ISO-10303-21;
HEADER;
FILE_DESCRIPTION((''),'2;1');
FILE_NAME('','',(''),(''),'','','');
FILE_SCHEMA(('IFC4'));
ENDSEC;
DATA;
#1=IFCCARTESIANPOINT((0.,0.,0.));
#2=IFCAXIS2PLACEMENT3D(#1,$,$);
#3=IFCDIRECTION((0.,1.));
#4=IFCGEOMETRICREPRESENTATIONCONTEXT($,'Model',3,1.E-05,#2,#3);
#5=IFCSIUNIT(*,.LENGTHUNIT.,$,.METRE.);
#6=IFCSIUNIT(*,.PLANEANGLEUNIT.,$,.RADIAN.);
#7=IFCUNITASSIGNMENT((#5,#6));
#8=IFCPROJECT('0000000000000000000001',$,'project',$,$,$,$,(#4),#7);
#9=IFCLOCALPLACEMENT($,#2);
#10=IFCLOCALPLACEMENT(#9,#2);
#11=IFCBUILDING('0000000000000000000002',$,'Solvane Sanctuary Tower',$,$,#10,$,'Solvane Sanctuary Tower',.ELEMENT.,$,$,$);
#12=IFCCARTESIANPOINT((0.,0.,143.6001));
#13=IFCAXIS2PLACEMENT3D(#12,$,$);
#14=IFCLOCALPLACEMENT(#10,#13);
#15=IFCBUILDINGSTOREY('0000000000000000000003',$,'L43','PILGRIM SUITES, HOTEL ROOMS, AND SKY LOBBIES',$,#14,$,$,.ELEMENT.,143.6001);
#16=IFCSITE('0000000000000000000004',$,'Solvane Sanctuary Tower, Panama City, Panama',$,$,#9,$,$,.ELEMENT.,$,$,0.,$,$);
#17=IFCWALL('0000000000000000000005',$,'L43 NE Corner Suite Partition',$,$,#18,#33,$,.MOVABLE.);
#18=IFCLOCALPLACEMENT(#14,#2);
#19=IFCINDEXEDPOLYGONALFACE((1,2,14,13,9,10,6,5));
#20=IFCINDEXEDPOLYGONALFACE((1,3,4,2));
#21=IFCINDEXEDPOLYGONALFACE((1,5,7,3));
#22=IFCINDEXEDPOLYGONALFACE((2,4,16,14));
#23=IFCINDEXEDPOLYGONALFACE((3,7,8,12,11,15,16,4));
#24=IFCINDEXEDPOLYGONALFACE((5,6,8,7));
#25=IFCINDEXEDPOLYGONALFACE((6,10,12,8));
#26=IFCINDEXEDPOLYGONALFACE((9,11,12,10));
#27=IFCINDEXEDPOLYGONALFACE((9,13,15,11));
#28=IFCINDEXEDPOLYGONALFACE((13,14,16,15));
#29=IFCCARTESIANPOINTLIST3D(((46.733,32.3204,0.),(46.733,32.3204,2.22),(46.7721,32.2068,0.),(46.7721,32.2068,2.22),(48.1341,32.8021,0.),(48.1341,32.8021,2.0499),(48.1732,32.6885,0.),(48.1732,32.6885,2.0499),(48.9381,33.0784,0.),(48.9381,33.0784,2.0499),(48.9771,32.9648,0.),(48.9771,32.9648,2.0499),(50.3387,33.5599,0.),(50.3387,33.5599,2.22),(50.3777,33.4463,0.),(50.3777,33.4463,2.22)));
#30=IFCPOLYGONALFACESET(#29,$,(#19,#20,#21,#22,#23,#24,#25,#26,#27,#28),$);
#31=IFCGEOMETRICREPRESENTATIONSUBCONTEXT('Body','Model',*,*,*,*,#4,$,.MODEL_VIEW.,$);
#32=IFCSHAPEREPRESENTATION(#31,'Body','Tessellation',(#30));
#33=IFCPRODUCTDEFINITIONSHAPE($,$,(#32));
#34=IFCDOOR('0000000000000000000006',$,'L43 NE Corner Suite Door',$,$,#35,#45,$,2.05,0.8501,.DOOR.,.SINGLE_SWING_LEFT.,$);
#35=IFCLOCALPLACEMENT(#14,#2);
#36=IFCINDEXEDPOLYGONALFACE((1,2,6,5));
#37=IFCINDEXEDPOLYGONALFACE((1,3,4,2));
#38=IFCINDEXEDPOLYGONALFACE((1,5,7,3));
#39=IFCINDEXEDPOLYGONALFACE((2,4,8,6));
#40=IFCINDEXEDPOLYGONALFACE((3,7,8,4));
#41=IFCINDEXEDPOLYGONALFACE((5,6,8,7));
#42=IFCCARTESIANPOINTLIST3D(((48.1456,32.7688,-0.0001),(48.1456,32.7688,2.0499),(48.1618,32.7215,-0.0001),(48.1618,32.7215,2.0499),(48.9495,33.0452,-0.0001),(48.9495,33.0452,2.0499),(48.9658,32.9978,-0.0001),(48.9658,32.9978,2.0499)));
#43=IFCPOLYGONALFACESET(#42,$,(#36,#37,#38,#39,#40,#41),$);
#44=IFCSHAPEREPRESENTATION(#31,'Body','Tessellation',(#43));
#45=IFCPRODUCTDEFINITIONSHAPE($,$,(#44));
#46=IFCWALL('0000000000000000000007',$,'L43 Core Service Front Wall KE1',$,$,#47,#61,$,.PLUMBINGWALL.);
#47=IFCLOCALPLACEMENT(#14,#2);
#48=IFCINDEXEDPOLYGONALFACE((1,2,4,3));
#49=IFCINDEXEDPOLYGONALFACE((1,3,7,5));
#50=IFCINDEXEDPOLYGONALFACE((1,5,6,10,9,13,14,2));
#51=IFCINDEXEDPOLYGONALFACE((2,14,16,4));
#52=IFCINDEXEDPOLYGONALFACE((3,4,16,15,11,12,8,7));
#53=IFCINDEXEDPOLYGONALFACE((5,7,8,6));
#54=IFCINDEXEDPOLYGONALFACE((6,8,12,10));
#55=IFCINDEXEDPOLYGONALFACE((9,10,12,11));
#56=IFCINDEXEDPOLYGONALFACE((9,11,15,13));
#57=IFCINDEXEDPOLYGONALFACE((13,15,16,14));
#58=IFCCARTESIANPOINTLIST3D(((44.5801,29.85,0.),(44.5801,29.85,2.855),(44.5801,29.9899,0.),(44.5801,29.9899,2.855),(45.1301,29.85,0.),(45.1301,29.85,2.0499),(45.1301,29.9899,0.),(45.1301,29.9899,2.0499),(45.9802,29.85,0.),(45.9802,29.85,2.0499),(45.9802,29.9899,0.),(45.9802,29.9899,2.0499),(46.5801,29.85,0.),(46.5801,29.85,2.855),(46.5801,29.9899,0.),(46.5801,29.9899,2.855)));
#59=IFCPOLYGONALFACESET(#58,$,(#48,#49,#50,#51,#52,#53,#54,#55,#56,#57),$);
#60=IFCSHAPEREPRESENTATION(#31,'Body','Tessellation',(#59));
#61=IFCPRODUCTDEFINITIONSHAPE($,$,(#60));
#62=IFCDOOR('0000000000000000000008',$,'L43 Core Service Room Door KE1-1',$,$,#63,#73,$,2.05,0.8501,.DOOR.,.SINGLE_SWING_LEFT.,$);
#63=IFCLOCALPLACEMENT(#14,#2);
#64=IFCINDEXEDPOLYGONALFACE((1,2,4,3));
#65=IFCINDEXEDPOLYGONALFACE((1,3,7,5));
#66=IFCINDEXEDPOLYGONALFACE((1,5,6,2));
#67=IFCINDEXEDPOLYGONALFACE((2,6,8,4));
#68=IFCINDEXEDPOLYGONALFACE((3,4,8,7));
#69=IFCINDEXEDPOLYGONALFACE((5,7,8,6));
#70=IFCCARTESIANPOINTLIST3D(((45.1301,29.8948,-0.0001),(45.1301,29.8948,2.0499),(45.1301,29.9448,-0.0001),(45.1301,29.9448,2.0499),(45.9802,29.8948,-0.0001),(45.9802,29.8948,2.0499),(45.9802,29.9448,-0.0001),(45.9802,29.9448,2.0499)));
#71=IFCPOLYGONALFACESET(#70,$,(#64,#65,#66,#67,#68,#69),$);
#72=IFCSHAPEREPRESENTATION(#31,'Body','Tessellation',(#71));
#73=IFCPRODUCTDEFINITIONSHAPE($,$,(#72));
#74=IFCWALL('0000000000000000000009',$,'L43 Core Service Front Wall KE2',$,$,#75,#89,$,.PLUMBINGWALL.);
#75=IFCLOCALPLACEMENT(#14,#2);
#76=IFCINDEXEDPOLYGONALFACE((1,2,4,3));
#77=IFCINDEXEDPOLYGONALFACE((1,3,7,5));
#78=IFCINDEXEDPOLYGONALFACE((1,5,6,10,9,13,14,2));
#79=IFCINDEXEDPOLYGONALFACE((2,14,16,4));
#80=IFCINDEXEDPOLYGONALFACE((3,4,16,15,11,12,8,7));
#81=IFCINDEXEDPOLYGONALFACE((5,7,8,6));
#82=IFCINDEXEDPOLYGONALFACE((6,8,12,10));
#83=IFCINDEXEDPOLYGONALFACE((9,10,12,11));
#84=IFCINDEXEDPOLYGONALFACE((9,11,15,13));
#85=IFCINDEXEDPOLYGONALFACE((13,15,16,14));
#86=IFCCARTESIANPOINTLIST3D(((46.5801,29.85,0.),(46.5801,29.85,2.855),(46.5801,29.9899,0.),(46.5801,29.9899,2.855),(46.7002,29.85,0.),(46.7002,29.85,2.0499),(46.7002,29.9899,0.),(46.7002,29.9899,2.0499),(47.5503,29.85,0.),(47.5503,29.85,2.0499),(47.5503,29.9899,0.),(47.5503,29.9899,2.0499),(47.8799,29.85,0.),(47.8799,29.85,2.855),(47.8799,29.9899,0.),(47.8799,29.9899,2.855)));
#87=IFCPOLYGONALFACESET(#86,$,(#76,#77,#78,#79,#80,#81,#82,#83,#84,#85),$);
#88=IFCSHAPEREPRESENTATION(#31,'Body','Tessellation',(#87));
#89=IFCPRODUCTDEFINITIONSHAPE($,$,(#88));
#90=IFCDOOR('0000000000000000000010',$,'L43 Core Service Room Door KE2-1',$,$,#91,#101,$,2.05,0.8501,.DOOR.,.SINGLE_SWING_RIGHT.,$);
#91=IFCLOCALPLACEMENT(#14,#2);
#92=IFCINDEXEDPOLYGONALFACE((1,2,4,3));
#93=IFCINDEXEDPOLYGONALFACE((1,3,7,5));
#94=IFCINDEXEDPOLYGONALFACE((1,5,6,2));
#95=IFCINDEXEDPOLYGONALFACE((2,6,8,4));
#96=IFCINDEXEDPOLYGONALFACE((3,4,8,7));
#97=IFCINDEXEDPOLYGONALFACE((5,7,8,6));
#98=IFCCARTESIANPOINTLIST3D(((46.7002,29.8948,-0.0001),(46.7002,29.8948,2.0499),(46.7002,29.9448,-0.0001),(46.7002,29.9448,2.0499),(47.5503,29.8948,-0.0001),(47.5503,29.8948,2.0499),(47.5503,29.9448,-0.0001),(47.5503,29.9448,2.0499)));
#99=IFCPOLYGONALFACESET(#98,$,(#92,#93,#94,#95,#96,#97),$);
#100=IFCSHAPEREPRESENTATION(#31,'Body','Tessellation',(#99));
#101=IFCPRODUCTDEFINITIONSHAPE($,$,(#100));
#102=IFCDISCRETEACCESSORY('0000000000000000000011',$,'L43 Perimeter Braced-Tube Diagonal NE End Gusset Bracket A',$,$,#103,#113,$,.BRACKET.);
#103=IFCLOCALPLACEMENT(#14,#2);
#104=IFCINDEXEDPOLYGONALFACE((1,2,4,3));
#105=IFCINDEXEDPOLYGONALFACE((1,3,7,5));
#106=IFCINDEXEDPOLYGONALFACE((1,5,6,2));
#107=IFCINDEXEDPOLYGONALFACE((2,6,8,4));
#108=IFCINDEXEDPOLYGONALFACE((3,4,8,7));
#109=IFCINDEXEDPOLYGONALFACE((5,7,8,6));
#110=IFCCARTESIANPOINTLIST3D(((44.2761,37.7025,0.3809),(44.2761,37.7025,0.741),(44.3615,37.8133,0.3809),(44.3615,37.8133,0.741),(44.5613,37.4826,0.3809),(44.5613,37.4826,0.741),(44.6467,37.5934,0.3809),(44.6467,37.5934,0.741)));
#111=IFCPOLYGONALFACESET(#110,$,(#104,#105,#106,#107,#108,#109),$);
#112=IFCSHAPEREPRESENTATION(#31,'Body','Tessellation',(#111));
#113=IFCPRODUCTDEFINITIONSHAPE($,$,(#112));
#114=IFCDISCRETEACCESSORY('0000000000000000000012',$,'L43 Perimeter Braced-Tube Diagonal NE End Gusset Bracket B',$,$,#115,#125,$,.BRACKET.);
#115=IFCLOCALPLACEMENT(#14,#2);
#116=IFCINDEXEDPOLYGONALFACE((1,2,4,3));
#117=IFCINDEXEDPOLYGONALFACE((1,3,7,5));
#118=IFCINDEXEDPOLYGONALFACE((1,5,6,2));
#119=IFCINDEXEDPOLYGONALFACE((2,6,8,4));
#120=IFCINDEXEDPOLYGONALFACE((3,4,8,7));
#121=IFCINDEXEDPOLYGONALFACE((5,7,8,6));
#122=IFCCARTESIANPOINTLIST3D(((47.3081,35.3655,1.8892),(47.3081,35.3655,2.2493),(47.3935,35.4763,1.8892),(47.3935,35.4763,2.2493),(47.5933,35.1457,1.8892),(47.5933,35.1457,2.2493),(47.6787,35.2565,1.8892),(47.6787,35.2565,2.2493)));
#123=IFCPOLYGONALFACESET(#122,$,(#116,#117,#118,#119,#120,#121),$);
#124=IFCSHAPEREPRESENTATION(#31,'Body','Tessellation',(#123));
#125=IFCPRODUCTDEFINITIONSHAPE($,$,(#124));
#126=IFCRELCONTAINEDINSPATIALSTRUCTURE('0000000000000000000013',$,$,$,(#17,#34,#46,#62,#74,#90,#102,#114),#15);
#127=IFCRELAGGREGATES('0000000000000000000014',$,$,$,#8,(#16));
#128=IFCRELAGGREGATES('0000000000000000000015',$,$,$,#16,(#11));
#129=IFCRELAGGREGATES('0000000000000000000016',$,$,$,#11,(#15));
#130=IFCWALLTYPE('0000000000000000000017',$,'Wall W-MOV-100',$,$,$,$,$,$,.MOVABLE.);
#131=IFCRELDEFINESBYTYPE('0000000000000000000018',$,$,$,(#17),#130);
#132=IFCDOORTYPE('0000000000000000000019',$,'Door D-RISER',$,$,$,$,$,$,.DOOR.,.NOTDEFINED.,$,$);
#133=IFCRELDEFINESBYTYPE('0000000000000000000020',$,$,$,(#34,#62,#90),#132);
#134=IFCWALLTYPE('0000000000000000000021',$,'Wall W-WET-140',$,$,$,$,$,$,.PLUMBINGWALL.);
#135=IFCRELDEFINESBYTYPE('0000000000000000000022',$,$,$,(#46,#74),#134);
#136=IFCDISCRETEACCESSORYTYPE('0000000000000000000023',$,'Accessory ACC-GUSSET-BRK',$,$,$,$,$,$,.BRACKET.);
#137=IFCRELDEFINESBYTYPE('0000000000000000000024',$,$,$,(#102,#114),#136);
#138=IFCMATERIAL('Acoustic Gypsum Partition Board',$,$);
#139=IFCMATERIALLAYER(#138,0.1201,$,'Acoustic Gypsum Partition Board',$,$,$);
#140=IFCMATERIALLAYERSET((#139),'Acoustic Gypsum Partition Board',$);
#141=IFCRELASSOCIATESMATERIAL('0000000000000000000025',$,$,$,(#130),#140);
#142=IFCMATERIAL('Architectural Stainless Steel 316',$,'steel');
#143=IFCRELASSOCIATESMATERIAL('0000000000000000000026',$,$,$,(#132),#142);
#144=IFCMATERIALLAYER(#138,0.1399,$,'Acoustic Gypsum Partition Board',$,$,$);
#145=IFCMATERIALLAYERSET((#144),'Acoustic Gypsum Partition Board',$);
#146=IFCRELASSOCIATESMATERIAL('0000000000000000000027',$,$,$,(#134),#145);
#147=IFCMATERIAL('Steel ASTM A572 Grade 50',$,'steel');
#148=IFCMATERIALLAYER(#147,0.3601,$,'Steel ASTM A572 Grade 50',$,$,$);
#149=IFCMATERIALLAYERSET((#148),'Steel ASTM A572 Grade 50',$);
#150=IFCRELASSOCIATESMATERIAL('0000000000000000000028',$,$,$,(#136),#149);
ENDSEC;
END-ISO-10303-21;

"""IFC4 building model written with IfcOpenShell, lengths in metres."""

from ifc_helpers import new_model, si_unit, direction, frame, frame_2d, origin, origin_2d, place, context, subcontext, project, spatial, rectangle, extrude, material, layer, layer_set, type_object, element, fill, save


model = new_model("IFC4")

# Units and contexts
model_context = context("Model", 3, precision=1e-05, world=origin(), true_north=direction((0.0, 1.0)))
body_context = subcontext(model_context, "Body", "Model", "MODEL_VIEW")
ifc_project = project(units=[si_unit("LENGTHUNIT", "METRE"), si_unit("PLANEANGLEUNIT", "RADIAN")], contexts=[model_context])

# Site, building, storey
site_placement = place(None, origin())
site = spatial("IfcSite", under=ifc_project, at=site_placement, Name="Solvane Sanctuary Tower, Panama City, Panama", CompositionType="ELEMENT", RefElevation=0.0)
building_placement = place(site_placement, origin())
building = spatial("IfcBuilding", under=site, at=building_placement, Name="Solvane Sanctuary Tower", LongName="Solvane Sanctuary Tower", CompositionType="ELEMENT")
storey_placement = place(building_placement, frame((0.0, 0.0, 143.6001)))
storey = spatial("IfcBuildingStorey", under=building, at=storey_placement, Name="L43", Description="PILGRIM SUITES, HOTEL ROOMS, AND SKY LOBBIES", CompositionType="ELEMENT", Elevation=143.6001)

# Shared definitions
ifc_material_1 = material(Name="Acoustic Gypsum Partition Board")

# Walls, openings, doors
ifc_layer_1 = layer(ifc_material_1, 0.1201, Name="Acoustic Gypsum Partition Board")
ifc_layer_set_1 = layer_set([ifc_layer_1], Name="Acoustic Gypsum Partition Board")
wall_type_1 = type_object("IfcWallType", Name="Wall W-MOV-100", PredefinedType="MOVABLE", material=ifc_layer_set_1)
wall_1_placement = place(storey_placement, frame((46.7527, 32.2637, 0.0), z_axis=(0.0, 0.0, 1.0), x_axis=(0.945684, 0.325089, 0.0)))
wall_1 = element("IfcWall", 1, at=wall_1_placement, inside=storey, type_object=wall_type_1, Name="L43 NE Corner Suite Partition", PredefinedType="MOVABLE", context=body_context, shape_type="SweptSolid", body=[
    extrude(rectangle(XDim=3.8127, YDim=0.1201, at=frame_2d((1.9062, 0.0))), origin(), (0.0, 0.0, 1.0), 2.22),
])
opening_1_placement = place(wall_1_placement, frame((1.4814, 0.0, 0.0)))
opening_1 = element("IfcOpeningElement", 2, at=opening_1_placement, cuts=wall_1, PredefinedType="OPENING", context=body_context, shape_type="SweptSolid", body=[
    extrude(rectangle(XDim=0.8501, YDim=2.05, at=frame_2d((0.425, 1.0249))), frame((0.0, 0.0701, 0.0), z_axis=(0.0, -1.0, 0.0), x_axis=(1.0, 0.0, 0.0)), (0.0, 0.0, 1.0), 0.1401),
])
ifc_material_2 = material(Name="Architectural Stainless Steel 316", Category="steel")
door_type = type_object("IfcDoorType", Name="Door D-RISER", OperationType="NOTDEFINED", PredefinedType="DOOR", material=ifc_material_2)
door_1_placement = place(opening_1_placement, origin())
door_1 = element("IfcDoor", 3, at=door_1_placement, inside=storey, type_object=door_type, Name="L43 NE Corner Suite Door", OperationType="SINGLE_SWING_LEFT", OverallHeight=2.05, OverallWidth=0.8501, PredefinedType="DOOR", context=body_context, shape_type="SweptSolid", body=[
    extrude(rectangle(XDim=0.8501, YDim=2.05, at=frame_2d((0.425, 1.0249))), frame((0.0, 0.0249, 0.0), z_axis=(0.0, -1.0, 0.0), x_axis=(1.0, 0.0, 0.0)), (0.0, 0.0, 1.0), 0.05),
])
fill(opening_1, door_1)
ifc_layer_2 = layer(ifc_material_1, 0.1399, Name="Acoustic Gypsum Partition Board")
ifc_layer_set_2 = layer_set([ifc_layer_2], Name="Acoustic Gypsum Partition Board")
wall_type_2 = type_object("IfcWallType", Name="Wall W-WET-140", PredefinedType="PLUMBINGWALL", material=ifc_layer_set_2)
wall_2_placement = place(storey_placement, frame((44.5801, 29.9199, 0.0), z_axis=(0.0, 0.0, 1.0), x_axis=(1.0, 0.0, 0.0)))
wall_2 = element("IfcWall", 4, at=wall_2_placement, inside=storey, type_object=wall_type_2, Name="L43 Core Service Front Wall KE1", PredefinedType="PLUMBINGWALL", context=body_context, shape_type="SweptSolid", body=[
    extrude(rectangle(XDim=2.0, YDim=0.1399, at=frame_2d((1.0, 0.0))), origin(), (0.0, 0.0, 1.0), 2.855),
])
opening_2_placement = place(wall_2_placement, frame((0.55, 0.0, 0.0)))
opening_2 = element("IfcOpeningElement", 5, at=opening_2_placement, cuts=wall_2, PredefinedType="OPENING", context=body_context, shape_type="SweptSolid", body=[
    extrude(rectangle(XDim=0.8501, YDim=2.05, at=frame_2d((0.425, 1.0249))), frame((0.0, 0.0798, 0.0), z_axis=(0.0, -1.0, 0.0), x_axis=(1.0, 0.0, 0.0)), (0.0, 0.0, 1.0), 0.1599),
])
door_2_placement = place(opening_2_placement, origin())
door_2 = element("IfcDoor", 6, at=door_2_placement, inside=storey, type_object=door_type, Name="L43 Core Service Room Door KE1-1", OperationType="SINGLE_SWING_LEFT", OverallHeight=2.05, OverallWidth=0.8501, PredefinedType="DOOR", context=body_context, shape_type="SweptSolid", body=[
    extrude(rectangle(XDim=0.8501, YDim=2.05, at=frame_2d((0.425, 1.0249))), frame((0.0, 0.0249, 0.0), z_axis=(0.0, -1.0, 0.0), x_axis=(1.0, 0.0, 0.0)), (0.0, 0.0, 1.0), 0.05),
])
fill(opening_2, door_2)
wall_3_placement = place(storey_placement, frame((46.5801, 29.9199, 0.0), z_axis=(0.0, 0.0, 1.0), x_axis=(1.0, 0.0, 0.0)))
wall_3 = element("IfcWall", 7, at=wall_3_placement, inside=storey, type_object=wall_type_2, Name="L43 Core Service Front Wall KE2", PredefinedType="PLUMBINGWALL", context=body_context, shape_type="SweptSolid", body=[
    extrude(rectangle(XDim=1.2998, YDim=0.1399, at=frame_2d((0.6499, 0.0))), origin(), (0.0, 0.0, 1.0), 2.855),
])
opening_3_placement = place(wall_3_placement, frame((0.1201, 0.0, 0.0)))
opening_3 = element("IfcOpeningElement", 8, at=opening_3_placement, cuts=wall_3, PredefinedType="OPENING", context=body_context, shape_type="SweptSolid", body=[
    extrude(rectangle(XDim=0.8501, YDim=2.05, at=frame_2d((0.425, 1.0249))), frame((0.0, 0.0798, 0.0), z_axis=(0.0, -1.0, 0.0), x_axis=(1.0, 0.0, 0.0)), (0.0, 0.0, 1.0), 0.1599),
])
door_3_placement = place(opening_3_placement, origin())
door_3 = element("IfcDoor", 9, at=door_3_placement, inside=storey, type_object=door_type, Name="L43 Core Service Room Door KE2-1", OperationType="SINGLE_SWING_RIGHT", OverallHeight=2.05, OverallWidth=0.8501, PredefinedType="DOOR", context=body_context, shape_type="SweptSolid", body=[
    extrude(rectangle(XDim=0.8501, YDim=2.05, at=frame_2d((0.425, 1.0249))), frame((0.0, 0.0249, 0.0), z_axis=(0.0, -1.0, 0.0), x_axis=(1.0, 0.0, 0.0)), (0.0, 0.0, 1.0), 0.05),
])
fill(opening_3, door_3)

# Discrete accessories
ifc_material_3 = material(Name="Steel ASTM A572 Grade 50", Category="steel")
ifc_layer_3 = layer(ifc_material_3, 0.3601, Name="Steel ASTM A572 Grade 50")
ifc_layer_set_3 = layer_set([ifc_layer_3], Name="Steel ASTM A572 Grade 50")
discrete_accessory_type = type_object("IfcDiscreteAccessoryType", Name="Accessory ACC-GUSSET-BRK", PredefinedType="BRACKET", material=ifc_layer_set_3)
for number, where, z_axis, x_axis, name in (
    (10, (44.4614, 37.6479, 0.3809), (0.0, 0.0, 1.0), (0.792077, -0.610422, 0.0), "L43 Perimeter Braced-Tube Diagonal NE End Gusset Bracket A"),
    (11, (47.4934, 35.311, 1.8892), (0.0, 0.0, 1.0), (0.792077, -0.610422, 0.0), "L43 Perimeter Braced-Tube Diagonal NE End Gusset Bracket B"),
):
    element("IfcDiscreteAccessory", number, at=place(storey_placement, frame(where, z_axis=z_axis, x_axis=x_axis)), inside=storey, type_object=discrete_accessory_type, Name=name, PredefinedType="BRACKET", context=body_context, shape_type="SweptSolid", body=[
        extrude(rectangle(XDim=0.3601, YDim=0.1399, at=origin_2d()), origin(), (0.0, 0.0, 1.0), 0.3601),
    ])

save(model, "model.ifc")
